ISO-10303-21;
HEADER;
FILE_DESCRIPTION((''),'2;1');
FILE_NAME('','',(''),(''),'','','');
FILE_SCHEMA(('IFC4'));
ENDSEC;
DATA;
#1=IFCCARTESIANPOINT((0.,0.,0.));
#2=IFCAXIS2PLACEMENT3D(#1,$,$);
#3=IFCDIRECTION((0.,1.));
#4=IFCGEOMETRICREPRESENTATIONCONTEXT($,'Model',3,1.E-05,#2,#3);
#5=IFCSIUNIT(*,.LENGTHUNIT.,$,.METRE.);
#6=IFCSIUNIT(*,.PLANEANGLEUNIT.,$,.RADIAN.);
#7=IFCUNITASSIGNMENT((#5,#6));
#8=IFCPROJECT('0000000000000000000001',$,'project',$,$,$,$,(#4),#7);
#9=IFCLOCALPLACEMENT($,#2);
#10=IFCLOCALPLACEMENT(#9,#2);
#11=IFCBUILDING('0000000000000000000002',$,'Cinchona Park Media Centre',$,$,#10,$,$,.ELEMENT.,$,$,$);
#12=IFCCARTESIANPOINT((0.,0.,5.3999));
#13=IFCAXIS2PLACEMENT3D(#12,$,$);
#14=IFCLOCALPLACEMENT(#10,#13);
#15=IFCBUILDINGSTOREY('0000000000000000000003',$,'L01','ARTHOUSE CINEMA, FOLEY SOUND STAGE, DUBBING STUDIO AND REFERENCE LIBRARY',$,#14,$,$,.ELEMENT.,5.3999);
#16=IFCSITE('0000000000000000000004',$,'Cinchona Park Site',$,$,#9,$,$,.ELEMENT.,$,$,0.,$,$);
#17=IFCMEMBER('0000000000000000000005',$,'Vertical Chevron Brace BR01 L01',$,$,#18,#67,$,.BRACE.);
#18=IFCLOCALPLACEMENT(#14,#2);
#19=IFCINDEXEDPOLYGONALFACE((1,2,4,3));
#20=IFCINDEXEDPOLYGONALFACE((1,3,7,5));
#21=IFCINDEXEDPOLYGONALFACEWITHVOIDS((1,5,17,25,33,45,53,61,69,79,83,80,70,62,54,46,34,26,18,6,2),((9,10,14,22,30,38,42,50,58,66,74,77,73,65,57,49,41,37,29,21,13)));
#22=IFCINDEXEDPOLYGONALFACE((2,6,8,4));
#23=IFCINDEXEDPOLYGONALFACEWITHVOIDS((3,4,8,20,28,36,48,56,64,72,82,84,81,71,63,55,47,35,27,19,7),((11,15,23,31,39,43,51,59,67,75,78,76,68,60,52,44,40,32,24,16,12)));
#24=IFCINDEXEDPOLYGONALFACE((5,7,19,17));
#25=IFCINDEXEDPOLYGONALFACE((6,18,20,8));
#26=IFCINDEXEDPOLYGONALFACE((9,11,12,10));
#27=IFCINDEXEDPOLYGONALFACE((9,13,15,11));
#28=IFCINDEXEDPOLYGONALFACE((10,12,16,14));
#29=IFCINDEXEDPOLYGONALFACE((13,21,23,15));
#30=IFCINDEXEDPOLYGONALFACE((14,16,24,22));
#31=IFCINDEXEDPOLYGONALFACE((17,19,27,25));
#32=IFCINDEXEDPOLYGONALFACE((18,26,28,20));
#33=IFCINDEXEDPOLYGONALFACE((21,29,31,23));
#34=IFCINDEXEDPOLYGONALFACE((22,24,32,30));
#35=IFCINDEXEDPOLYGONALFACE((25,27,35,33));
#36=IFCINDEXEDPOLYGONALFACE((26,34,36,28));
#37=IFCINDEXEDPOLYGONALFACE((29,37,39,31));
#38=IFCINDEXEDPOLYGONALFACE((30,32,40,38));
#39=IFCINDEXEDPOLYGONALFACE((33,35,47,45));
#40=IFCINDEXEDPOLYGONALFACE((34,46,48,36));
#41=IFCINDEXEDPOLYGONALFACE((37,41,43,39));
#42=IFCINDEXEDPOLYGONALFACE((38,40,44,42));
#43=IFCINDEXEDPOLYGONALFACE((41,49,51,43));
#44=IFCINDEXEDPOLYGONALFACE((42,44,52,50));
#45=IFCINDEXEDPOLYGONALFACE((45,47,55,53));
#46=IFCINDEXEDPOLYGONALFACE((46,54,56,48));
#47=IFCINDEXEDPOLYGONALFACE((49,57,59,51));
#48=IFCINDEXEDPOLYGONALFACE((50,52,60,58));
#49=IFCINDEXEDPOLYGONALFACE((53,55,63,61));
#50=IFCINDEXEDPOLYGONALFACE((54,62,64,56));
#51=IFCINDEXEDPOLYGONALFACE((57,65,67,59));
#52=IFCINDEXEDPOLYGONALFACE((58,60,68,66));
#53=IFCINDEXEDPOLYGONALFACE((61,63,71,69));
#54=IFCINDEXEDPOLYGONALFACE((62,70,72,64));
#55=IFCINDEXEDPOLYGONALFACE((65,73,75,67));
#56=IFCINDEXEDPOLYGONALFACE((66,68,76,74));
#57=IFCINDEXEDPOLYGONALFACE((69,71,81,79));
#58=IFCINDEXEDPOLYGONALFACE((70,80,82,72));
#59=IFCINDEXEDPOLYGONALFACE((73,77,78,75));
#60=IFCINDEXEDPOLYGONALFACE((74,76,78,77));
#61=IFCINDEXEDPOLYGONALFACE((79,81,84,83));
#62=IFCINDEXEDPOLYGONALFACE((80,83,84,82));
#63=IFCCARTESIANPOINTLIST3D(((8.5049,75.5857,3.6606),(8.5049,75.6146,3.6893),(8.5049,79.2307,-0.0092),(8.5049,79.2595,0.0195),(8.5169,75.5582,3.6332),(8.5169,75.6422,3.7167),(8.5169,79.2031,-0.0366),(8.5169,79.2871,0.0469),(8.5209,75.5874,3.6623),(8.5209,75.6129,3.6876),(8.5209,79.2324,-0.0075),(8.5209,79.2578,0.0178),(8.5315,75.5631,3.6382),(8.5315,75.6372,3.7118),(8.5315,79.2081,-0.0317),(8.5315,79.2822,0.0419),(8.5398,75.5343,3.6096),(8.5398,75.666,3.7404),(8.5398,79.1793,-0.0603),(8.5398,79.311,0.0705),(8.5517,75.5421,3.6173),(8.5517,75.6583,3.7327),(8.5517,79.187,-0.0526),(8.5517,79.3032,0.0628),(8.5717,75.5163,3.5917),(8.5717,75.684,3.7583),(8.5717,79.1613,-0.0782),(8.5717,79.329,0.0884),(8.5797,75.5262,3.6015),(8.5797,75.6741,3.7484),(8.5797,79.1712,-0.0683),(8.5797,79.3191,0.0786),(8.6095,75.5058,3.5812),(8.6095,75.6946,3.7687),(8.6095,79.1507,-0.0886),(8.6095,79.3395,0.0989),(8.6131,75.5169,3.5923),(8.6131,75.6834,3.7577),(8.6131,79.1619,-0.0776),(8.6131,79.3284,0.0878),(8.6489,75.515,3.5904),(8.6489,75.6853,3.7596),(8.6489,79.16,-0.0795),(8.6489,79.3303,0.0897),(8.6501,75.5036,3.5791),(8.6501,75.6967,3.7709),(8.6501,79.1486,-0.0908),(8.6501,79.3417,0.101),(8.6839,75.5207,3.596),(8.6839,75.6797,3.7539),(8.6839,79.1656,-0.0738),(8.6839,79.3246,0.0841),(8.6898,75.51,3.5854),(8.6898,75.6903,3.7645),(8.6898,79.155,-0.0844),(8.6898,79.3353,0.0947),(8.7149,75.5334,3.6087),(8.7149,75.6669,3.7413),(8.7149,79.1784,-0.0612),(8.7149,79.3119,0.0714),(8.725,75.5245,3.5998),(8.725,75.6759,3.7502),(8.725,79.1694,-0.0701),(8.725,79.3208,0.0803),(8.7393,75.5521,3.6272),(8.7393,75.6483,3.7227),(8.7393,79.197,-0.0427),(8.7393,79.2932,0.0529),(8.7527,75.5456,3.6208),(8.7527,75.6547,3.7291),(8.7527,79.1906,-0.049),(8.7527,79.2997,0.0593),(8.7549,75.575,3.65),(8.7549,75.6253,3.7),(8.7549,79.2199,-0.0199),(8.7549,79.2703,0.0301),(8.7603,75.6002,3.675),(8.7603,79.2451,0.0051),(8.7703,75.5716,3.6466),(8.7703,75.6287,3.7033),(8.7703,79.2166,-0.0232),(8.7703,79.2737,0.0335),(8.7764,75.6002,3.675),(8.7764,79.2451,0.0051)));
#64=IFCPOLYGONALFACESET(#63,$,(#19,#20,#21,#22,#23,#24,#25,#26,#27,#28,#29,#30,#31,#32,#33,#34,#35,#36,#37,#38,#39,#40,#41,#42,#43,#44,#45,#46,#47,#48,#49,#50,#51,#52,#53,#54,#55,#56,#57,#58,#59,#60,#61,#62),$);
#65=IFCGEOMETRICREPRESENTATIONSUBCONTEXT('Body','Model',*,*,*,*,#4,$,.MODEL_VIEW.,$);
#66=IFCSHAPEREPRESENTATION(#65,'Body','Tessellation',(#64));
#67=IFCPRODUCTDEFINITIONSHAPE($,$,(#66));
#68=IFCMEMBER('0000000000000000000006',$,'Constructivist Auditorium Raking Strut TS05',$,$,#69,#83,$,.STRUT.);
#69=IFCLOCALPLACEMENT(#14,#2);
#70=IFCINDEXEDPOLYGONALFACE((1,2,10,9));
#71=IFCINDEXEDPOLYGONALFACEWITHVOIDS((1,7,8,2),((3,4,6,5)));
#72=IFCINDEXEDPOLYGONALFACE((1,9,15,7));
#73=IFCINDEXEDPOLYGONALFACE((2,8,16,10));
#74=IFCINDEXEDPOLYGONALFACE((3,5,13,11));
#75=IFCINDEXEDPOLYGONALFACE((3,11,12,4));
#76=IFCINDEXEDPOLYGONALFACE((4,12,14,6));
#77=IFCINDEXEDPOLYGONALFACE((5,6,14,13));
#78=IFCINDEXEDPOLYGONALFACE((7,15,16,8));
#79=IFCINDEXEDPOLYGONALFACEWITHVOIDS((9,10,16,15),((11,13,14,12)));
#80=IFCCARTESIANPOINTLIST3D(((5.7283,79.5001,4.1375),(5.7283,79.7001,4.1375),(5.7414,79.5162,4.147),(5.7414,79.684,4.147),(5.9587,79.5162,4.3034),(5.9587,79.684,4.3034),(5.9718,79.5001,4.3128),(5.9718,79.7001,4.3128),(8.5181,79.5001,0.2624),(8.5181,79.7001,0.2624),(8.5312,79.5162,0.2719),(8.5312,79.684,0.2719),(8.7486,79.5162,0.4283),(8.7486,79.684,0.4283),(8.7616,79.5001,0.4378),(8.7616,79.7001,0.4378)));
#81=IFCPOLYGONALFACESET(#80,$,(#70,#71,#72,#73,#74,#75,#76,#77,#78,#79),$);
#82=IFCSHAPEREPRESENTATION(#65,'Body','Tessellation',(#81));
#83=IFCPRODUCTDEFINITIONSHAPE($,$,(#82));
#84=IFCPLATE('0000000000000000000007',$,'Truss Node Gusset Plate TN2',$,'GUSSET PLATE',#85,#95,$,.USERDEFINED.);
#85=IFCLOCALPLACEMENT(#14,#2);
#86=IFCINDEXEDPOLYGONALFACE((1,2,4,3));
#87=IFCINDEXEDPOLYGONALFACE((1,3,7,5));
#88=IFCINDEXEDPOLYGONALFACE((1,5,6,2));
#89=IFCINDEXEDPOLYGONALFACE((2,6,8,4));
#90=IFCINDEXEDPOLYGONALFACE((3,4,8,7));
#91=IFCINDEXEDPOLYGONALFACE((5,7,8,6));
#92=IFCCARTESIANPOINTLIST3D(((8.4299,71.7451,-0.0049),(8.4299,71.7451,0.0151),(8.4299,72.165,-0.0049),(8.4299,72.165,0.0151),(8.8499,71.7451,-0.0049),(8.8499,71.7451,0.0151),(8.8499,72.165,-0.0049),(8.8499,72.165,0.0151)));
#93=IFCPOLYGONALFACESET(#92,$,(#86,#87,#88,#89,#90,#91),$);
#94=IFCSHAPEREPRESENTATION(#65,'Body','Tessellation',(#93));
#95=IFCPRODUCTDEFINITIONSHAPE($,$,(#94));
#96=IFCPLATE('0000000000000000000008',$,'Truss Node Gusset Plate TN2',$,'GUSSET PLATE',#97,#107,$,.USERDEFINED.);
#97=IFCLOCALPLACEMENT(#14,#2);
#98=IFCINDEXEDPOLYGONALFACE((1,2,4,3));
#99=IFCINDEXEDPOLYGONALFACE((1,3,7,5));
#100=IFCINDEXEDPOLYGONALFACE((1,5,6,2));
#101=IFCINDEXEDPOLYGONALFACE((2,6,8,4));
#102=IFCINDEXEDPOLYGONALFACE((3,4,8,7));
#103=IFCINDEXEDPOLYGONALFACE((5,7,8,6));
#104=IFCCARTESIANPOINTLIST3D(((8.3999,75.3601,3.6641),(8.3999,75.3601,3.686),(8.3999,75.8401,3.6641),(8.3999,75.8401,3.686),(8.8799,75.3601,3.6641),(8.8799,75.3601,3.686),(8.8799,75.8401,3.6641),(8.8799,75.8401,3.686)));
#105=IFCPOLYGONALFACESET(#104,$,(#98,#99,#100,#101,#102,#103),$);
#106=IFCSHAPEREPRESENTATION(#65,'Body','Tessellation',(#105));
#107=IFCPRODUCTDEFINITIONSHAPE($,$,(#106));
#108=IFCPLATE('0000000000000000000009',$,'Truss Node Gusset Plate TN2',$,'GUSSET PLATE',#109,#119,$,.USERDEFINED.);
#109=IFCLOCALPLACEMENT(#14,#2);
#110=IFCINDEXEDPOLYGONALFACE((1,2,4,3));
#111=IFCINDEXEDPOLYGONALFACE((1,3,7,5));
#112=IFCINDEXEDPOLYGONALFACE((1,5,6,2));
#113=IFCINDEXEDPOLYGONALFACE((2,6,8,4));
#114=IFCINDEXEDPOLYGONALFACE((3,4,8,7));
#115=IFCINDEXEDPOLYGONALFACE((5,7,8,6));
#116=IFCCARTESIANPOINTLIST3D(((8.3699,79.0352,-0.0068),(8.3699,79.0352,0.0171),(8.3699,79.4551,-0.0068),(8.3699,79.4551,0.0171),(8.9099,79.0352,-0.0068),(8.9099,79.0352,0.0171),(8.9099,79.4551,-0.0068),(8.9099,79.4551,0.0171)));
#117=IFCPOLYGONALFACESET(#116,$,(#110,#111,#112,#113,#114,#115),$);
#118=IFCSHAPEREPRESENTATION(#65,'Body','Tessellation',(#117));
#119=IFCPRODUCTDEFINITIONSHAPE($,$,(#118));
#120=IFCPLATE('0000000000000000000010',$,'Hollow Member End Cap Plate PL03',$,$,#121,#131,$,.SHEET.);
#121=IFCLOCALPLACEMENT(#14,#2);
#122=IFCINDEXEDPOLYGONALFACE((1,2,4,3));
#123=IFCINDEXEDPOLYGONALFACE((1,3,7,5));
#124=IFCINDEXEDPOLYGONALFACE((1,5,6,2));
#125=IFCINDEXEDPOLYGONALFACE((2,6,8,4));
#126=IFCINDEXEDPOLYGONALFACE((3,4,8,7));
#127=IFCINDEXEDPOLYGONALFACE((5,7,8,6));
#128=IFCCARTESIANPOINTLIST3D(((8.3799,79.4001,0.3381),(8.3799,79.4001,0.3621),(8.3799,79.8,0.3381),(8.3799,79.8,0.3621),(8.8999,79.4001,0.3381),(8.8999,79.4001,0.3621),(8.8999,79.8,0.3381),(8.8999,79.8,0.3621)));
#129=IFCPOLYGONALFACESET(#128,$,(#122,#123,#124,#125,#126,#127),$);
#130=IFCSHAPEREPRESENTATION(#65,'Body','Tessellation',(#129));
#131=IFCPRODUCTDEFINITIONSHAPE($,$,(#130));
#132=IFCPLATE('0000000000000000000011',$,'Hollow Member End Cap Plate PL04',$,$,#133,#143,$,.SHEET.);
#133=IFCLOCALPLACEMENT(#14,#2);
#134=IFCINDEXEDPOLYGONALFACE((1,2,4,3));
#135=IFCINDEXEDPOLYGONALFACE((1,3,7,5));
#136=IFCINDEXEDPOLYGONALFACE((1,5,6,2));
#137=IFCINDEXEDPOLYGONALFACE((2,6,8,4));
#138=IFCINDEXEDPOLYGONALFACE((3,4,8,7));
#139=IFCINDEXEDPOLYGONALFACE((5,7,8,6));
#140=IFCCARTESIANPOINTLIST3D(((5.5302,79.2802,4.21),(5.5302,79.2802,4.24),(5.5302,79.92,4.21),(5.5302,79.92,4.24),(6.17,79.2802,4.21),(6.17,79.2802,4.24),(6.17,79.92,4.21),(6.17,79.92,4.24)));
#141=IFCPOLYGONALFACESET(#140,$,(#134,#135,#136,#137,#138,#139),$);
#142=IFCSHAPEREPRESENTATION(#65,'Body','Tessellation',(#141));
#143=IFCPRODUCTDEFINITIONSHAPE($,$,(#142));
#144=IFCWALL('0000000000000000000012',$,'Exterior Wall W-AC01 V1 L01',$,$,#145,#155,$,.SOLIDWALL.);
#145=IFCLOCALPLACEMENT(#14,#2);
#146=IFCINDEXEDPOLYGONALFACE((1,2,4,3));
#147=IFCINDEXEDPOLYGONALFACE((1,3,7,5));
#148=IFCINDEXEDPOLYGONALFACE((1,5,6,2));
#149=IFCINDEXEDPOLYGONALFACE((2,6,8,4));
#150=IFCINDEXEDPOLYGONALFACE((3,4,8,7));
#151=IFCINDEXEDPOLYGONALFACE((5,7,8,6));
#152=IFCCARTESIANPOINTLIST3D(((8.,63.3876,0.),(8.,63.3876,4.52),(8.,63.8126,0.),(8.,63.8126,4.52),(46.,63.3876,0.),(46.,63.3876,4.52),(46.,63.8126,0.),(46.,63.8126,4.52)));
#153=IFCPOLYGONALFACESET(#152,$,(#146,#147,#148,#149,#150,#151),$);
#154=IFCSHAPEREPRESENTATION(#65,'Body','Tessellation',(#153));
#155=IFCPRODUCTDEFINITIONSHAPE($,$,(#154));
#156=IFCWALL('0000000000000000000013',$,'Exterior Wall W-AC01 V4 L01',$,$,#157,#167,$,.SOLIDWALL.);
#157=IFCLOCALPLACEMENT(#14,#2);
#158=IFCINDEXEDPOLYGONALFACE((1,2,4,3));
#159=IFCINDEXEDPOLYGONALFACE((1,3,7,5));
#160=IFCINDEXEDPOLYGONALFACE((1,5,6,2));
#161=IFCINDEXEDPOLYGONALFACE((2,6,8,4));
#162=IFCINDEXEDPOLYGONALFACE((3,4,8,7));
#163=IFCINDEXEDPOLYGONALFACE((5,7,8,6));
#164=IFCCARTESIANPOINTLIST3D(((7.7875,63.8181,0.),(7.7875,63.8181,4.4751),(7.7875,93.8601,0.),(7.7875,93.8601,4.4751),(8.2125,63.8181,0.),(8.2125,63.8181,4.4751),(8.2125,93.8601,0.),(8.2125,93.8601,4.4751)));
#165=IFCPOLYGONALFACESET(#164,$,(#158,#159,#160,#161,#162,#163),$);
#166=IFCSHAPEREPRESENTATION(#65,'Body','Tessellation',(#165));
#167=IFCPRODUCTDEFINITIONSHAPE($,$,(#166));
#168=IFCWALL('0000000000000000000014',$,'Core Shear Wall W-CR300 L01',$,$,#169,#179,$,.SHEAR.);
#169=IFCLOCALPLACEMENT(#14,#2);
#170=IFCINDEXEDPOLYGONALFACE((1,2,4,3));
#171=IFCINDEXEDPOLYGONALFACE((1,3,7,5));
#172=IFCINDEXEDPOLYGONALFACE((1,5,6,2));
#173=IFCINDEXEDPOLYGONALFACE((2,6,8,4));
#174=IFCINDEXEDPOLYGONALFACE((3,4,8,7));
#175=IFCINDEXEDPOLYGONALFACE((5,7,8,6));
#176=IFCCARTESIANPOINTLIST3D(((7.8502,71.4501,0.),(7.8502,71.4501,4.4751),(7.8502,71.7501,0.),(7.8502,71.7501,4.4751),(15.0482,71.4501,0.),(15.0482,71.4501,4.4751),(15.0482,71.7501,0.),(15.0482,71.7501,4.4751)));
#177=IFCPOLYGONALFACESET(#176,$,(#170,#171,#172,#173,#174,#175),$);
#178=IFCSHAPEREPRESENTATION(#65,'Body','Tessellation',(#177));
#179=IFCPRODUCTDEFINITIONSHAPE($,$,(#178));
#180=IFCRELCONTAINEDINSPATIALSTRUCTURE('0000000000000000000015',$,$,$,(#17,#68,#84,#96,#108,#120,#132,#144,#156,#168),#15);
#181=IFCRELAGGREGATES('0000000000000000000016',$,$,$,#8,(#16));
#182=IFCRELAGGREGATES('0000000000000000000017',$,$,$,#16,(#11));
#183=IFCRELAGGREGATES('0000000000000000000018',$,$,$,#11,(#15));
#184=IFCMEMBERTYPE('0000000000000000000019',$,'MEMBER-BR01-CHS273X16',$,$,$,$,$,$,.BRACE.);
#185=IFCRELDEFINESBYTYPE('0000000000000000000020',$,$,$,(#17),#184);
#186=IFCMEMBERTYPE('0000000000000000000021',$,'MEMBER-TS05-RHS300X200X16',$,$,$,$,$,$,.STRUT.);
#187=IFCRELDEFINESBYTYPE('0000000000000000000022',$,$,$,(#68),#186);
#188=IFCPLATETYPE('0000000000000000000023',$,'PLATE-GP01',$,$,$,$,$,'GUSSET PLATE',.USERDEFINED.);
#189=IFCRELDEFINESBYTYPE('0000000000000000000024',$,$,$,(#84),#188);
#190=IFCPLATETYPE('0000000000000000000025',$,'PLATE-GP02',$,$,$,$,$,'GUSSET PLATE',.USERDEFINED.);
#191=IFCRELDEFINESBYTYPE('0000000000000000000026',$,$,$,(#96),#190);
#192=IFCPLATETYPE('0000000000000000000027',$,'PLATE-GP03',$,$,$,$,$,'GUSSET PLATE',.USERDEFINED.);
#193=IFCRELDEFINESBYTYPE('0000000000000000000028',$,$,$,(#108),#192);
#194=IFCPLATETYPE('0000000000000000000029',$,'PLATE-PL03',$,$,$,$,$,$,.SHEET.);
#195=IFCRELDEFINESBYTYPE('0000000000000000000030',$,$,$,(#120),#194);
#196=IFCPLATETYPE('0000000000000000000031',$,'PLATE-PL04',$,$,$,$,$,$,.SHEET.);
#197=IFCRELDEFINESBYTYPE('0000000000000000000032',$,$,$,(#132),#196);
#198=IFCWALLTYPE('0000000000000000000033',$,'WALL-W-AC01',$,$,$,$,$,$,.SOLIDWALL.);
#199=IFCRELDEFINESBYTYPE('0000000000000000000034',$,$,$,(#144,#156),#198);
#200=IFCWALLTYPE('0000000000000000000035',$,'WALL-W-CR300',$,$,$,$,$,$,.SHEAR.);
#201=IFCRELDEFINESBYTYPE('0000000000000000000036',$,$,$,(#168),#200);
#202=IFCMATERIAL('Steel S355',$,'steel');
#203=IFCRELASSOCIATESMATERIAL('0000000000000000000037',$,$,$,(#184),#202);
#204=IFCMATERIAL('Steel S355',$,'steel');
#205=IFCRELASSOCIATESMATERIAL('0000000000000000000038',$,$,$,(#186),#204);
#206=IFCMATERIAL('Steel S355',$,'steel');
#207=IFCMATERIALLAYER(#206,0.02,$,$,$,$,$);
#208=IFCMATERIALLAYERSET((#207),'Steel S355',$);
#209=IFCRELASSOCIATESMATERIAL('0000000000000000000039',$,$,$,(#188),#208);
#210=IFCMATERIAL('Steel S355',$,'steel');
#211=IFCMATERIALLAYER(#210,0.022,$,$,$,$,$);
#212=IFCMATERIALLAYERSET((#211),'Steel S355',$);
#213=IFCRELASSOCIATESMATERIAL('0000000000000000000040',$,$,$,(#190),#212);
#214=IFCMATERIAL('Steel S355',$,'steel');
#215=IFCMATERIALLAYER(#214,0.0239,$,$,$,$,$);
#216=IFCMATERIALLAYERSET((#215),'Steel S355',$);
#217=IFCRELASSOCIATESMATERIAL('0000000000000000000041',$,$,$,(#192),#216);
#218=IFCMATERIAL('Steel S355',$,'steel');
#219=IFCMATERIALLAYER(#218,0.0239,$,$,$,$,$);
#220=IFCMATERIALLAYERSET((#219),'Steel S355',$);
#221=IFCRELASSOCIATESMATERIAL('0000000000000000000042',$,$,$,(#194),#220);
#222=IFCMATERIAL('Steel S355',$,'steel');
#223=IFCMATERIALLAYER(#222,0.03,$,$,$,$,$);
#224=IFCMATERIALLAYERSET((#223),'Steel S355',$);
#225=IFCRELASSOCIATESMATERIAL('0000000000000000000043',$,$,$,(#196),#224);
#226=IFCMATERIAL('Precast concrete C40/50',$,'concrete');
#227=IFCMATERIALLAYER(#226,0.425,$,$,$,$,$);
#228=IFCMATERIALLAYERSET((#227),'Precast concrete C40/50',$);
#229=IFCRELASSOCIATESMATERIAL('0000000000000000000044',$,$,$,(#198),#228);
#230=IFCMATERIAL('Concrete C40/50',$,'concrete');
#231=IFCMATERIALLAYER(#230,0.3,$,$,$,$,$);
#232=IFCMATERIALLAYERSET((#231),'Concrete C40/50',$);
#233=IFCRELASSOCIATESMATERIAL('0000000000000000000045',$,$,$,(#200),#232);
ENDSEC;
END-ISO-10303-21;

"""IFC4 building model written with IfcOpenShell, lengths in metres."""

from ifc_helpers import new_model, si_unit, direction, frame, frame_2d, origin, origin_2d, place, context, subcontext, project, spatial, rectangle, hollow_rectangle, hollow_circle, extrude, material, layer, layer_set, material_profile, profile_set, type_object, element, save


model = new_model("IFC4")

# Units and contexts
model_context = context("Model", 3, precision=1e-05, world=origin(), true_north=direction((0.0, 1.0)))
body_context = subcontext(model_context, "Body", "Model", "MODEL_VIEW")
ifc_project = project(units=[si_unit("LENGTHUNIT", "METRE"), si_unit("PLANEANGLEUNIT", "RADIAN")], contexts=[model_context])

# Site, building, storey
site_placement = place(None, origin())
site = spatial("IfcSite", under=ifc_project, at=site_placement, Name="Cinchona Park Site", CompositionType="ELEMENT", RefElevation=0.0)
building_placement = place(site_placement, origin())
building = spatial("IfcBuilding", under=site, at=building_placement, Name="Cinchona Park Media Centre", CompositionType="ELEMENT")
storey_placement = place(building_placement, frame((0.0, 0.0, 5.3999)))
storey = spatial("IfcBuildingStorey", under=building, at=storey_placement, Name="L01", Description="ARTHOUSE CINEMA, FOLEY SOUND STAGE, DUBBING STUDIO AND REFERENCE LIBRARY", CompositionType="ELEMENT", Elevation=5.3999)

# Members
ifc_material_1 = material(Name="Steel S355", Category="steel")
ifc_material_profile_1 = material_profile(ifc_material_1, hollow_circle(Radius=0.1365, WallThickness=0.0161, at=origin_2d()), Name="273X16CHS")
ifc_profile_set_1 = profile_set([ifc_material_profile_1], Name="Steel S355")
member_type_1 = type_object("IfcMemberType", Name="MEMBER-BR01-CHS273X16", PredefinedType="BRACE", material=ifc_profile_set_1)
for number, where, z_axis, x_axis, name in (
    (1, (8.6399, 79.2451, 0.0051), (0.0, -0.704695, 0.70951), (1.0, 0.0, 0.0), "Vertical Chevron Brace BR01 L01"),
):
    element("IfcMember", number, at=place(storey_placement, frame(where, z_axis=z_axis, x_axis=x_axis)), inside=storey, type_object=member_type_1, Name=name, PredefinedType="BRACE", context=body_context, shape_type="SweptSolid", body=[
        extrude(hollow_circle(Radius=0.1365, WallThickness=0.0161, at=origin_2d()), origin(), (0.0, 0.0, 1.0), 5.1724),
    ])
ifc_material_2 = material(Name="Steel S355", Category="steel")
ifc_material_profile_2 = material_profile(ifc_material_2, hollow_rectangle(XDim=0.2, YDim=0.3, WallThickness=0.0161, at=origin_2d()), Name="300X200X16RHS")
ifc_profile_set_2 = profile_set([ifc_material_profile_2], Name="Steel S355")
member_type_2 = type_object("IfcMemberType", Name="MEMBER-TS05-RHS300X200X16", PredefinedType="STRUT", material=ifc_profile_set_2)
member_placement = place(storey_placement, frame((8.6399, 79.6001, 0.3501), z_axis=(-0.584276, 0.0, 0.811555), x_axis=(0.0, -1.0, 0.0)))
element("IfcMember", 2, at=member_placement, inside=storey, type_object=member_type_2, Name="Constructivist Auditorium Raking Strut TS05", PredefinedType="STRUT", context=body_context, shape_type="SweptSolid", body=[
    extrude(hollow_rectangle(XDim=0.2, YDim=0.3, WallThickness=0.0161, at=origin_2d()), origin(), (0.0, 0.0, 1.0), 4.7749),
])

# Plates
ifc_material_3 = material(Name="Steel S355", Category="steel")
ifc_layer_1 = layer(ifc_material_3, 0.02)
ifc_layer_set_1 = layer_set([ifc_layer_1], Name="Steel S355")
plate_type_1 = type_object("IfcPlateType", Name="PLATE-GP01", ElementType="GUSSET PLATE", PredefinedType="USERDEFINED", material=ifc_layer_set_1)
plate_1_placement = place(storey_placement, frame((8.6399, 71.9551, -0.0049), z_axis=(0.0, 0.0, 1.0), x_axis=(1.0, 0.0, 0.0)))
element("IfcPlate", 3, at=plate_1_placement, inside=storey, type_object=plate_type_1, Name="Truss Node Gusset Plate TN2", ObjectType="GUSSET PLATE", PredefinedType="USERDEFINED", context=body_context, shape_type="SweptSolid", body=[
    extrude(rectangle(XDim=0.4199, YDim=0.4199, at=origin_2d()), origin(), (0.0, 0.0, 1.0), 0.02),
])
ifc_material_4 = material(Name="Steel S355", Category="steel")
ifc_layer_2 = layer(ifc_material_4, 0.022)
ifc_layer_set_2 = layer_set([ifc_layer_2], Name="Steel S355")
plate_type_2 = type_object("IfcPlateType", Name="PLATE-GP02", ElementType="GUSSET PLATE", PredefinedType="USERDEFINED", material=ifc_layer_set_2)
plate_2_placement = place(storey_placement, frame((8.6399, 75.6001, 3.6641), z_axis=(0.0, 0.0, 1.0), x_axis=(1.0, 0.0, 0.0)))
element("IfcPlate", 4, at=plate_2_placement, inside=storey, type_object=plate_type_2, Name="Truss Node Gusset Plate TN2", ObjectType="GUSSET PLATE", PredefinedType="USERDEFINED", context=body_context, shape_type="SweptSolid", body=[
    extrude(rectangle(XDim=0.48, YDim=0.48, at=origin_2d()), origin(), (0.0, 0.0, 1.0), 0.022),
])
ifc_material_5 = material(Name="Steel S355", Category="steel")
ifc_layer_3 = layer(ifc_material_5, 0.0239)
ifc_layer_set_3 = layer_set([ifc_layer_3], Name="Steel S355")
plate_type_3 = type_object("IfcPlateType", Name="PLATE-GP03", ElementType="GUSSET PLATE", PredefinedType="USERDEFINED", material=ifc_layer_set_3)
plate_3_placement = place(storey_placement, frame((8.6399, 79.2451, -0.0068), z_axis=(0.0, 0.0, 1.0), x_axis=(1.0, 0.0, 0.0)))
element("IfcPlate", 5, at=plate_3_placement, inside=storey, type_object=plate_type_3, Name="Truss Node Gusset Plate TN2", ObjectType="GUSSET PLATE", PredefinedType="USERDEFINED", context=body_context, shape_type="SweptSolid", body=[
    extrude(rectangle(XDim=0.54, YDim=0.4199, at=origin_2d()), origin(), (0.0, 0.0, 1.0), 0.0239),
])
ifc_material_6 = material(Name="Steel S355", Category="steel")
ifc_layer_4 = layer(ifc_material_6, 0.0239)
ifc_layer_set_4 = layer_set([ifc_layer_4], Name="Steel S355")
plate_type_4 = type_object("IfcPlateType", Name="PLATE-PL03", PredefinedType="SHEET", material=ifc_layer_set_4)
plate_4_placement = place(storey_placement, frame((8.6399, 79.6001, 0.3381), z_axis=(0.0, 0.0, 1.0), x_axis=(1.0, 0.0, 0.0)))
element("IfcPlate", 6, at=plate_4_placement, inside=storey, type_object=plate_type_4, Name="Hollow Member End Cap Plate PL03", PredefinedType="SHEET", context=body_context, shape_type="SweptSolid", body=[
    extrude(rectangle(XDim=0.52, YDim=0.3999, at=origin_2d()), origin(), (0.0, 0.0, 1.0), 0.0239),
])
ifc_material_7 = material(Name="Steel S355", Category="steel")
ifc_layer_5 = layer(ifc_material_7, 0.03)
ifc_layer_set_5 = layer_set([ifc_layer_5], Name="Steel S355")
plate_type_5 = type_object("IfcPlateType", Name="PLATE-PL04", PredefinedType="SHEET", material=ifc_layer_set_5)
plate_5_placement = place(storey_placement, frame((5.8501, 79.6001, 4.21), z_axis=(0.0, 0.0, 1.0), x_axis=(1.0, 0.0, 0.0)))
element("IfcPlate", 7, at=plate_5_placement, inside=storey, type_object=plate_type_5, Name="Hollow Member End Cap Plate PL04", PredefinedType="SHEET", context=body_context, shape_type="SweptSolid", body=[
    extrude(rectangle(XDim=0.6399, YDim=0.6399, at=origin_2d()), origin(), (0.0, 0.0, 1.0), 0.03),
])

# Walls
ifc_material_8 = material(Name="Precast concrete C40/50", Category="concrete")
ifc_layer_6 = layer(ifc_material_8, 0.425)
ifc_layer_set_6 = layer_set([ifc_layer_6], Name="Precast concrete C40/50")
wall_type_1 = type_object("IfcWallType", Name="WALL-W-AC01", PredefinedType="SOLIDWALL", material=ifc_layer_set_6)
wall_1_placement = place(storey_placement, frame((8.0, 63.6001, 0.0), z_axis=(0.0, 0.0, 1.0), x_axis=(1.0, 0.0, 0.0)))
element("IfcWall", 8, at=wall_1_placement, inside=storey, type_object=wall_type_1, Name="Exterior Wall W-AC01 V1 L01", PredefinedType="SOLIDWALL", context=body_context, shape_type="SweptSolid", body=[
    extrude(rectangle(XDim=38.0, YDim=0.425, at=frame_2d((19.0, 0.0))), origin(), (0.0, 0.0, 1.0), 4.52),
])
wall_2_placement = place(storey_placement, frame((8.0, 63.8181, 0.0), z_axis=(0.0, 0.0, 1.0), x_axis=(0.0, 1.0, 0.0)))
element("IfcWall", 9, at=wall_2_placement, inside=storey, type_object=wall_type_1, Name="Exterior Wall W-AC01 V4 L01", PredefinedType="SOLIDWALL", context=body_context, shape_type="SweptSolid", body=[
    extrude(rectangle(XDim=30.042, YDim=0.425, at=frame_2d((15.021, 0.0))), origin(), (0.0, 0.0, 1.0), 4.4751),
])
ifc_material_9 = material(Name="Concrete C40/50", Category="concrete")
ifc_layer_7 = layer(ifc_material_9, 0.3)
ifc_layer_set_7 = layer_set([ifc_layer_7], Name="Concrete C40/50")
wall_type_2 = type_object("IfcWallType", Name="WALL-W-CR300", PredefinedType="SHEAR", material=ifc_layer_set_7)
wall_3_placement = place(storey_placement, frame((7.8501, 71.6001, 0.0), z_axis=(0.0, 0.0, 1.0), x_axis=(1.0, 0.0, 0.0)))
element("IfcWall", 10, at=wall_3_placement, inside=storey, type_object=wall_type_2, Name="Core Shear Wall W-CR300 L01", PredefinedType="SHEAR", context=body_context, shape_type="SweptSolid", body=[
    extrude(rectangle(XDim=7.198, YDim=0.3, at=frame_2d((3.5991, 0.0))), origin(), (0.0, 0.0, 1.0), 4.4751),
])

save(model, "model.ifc")
